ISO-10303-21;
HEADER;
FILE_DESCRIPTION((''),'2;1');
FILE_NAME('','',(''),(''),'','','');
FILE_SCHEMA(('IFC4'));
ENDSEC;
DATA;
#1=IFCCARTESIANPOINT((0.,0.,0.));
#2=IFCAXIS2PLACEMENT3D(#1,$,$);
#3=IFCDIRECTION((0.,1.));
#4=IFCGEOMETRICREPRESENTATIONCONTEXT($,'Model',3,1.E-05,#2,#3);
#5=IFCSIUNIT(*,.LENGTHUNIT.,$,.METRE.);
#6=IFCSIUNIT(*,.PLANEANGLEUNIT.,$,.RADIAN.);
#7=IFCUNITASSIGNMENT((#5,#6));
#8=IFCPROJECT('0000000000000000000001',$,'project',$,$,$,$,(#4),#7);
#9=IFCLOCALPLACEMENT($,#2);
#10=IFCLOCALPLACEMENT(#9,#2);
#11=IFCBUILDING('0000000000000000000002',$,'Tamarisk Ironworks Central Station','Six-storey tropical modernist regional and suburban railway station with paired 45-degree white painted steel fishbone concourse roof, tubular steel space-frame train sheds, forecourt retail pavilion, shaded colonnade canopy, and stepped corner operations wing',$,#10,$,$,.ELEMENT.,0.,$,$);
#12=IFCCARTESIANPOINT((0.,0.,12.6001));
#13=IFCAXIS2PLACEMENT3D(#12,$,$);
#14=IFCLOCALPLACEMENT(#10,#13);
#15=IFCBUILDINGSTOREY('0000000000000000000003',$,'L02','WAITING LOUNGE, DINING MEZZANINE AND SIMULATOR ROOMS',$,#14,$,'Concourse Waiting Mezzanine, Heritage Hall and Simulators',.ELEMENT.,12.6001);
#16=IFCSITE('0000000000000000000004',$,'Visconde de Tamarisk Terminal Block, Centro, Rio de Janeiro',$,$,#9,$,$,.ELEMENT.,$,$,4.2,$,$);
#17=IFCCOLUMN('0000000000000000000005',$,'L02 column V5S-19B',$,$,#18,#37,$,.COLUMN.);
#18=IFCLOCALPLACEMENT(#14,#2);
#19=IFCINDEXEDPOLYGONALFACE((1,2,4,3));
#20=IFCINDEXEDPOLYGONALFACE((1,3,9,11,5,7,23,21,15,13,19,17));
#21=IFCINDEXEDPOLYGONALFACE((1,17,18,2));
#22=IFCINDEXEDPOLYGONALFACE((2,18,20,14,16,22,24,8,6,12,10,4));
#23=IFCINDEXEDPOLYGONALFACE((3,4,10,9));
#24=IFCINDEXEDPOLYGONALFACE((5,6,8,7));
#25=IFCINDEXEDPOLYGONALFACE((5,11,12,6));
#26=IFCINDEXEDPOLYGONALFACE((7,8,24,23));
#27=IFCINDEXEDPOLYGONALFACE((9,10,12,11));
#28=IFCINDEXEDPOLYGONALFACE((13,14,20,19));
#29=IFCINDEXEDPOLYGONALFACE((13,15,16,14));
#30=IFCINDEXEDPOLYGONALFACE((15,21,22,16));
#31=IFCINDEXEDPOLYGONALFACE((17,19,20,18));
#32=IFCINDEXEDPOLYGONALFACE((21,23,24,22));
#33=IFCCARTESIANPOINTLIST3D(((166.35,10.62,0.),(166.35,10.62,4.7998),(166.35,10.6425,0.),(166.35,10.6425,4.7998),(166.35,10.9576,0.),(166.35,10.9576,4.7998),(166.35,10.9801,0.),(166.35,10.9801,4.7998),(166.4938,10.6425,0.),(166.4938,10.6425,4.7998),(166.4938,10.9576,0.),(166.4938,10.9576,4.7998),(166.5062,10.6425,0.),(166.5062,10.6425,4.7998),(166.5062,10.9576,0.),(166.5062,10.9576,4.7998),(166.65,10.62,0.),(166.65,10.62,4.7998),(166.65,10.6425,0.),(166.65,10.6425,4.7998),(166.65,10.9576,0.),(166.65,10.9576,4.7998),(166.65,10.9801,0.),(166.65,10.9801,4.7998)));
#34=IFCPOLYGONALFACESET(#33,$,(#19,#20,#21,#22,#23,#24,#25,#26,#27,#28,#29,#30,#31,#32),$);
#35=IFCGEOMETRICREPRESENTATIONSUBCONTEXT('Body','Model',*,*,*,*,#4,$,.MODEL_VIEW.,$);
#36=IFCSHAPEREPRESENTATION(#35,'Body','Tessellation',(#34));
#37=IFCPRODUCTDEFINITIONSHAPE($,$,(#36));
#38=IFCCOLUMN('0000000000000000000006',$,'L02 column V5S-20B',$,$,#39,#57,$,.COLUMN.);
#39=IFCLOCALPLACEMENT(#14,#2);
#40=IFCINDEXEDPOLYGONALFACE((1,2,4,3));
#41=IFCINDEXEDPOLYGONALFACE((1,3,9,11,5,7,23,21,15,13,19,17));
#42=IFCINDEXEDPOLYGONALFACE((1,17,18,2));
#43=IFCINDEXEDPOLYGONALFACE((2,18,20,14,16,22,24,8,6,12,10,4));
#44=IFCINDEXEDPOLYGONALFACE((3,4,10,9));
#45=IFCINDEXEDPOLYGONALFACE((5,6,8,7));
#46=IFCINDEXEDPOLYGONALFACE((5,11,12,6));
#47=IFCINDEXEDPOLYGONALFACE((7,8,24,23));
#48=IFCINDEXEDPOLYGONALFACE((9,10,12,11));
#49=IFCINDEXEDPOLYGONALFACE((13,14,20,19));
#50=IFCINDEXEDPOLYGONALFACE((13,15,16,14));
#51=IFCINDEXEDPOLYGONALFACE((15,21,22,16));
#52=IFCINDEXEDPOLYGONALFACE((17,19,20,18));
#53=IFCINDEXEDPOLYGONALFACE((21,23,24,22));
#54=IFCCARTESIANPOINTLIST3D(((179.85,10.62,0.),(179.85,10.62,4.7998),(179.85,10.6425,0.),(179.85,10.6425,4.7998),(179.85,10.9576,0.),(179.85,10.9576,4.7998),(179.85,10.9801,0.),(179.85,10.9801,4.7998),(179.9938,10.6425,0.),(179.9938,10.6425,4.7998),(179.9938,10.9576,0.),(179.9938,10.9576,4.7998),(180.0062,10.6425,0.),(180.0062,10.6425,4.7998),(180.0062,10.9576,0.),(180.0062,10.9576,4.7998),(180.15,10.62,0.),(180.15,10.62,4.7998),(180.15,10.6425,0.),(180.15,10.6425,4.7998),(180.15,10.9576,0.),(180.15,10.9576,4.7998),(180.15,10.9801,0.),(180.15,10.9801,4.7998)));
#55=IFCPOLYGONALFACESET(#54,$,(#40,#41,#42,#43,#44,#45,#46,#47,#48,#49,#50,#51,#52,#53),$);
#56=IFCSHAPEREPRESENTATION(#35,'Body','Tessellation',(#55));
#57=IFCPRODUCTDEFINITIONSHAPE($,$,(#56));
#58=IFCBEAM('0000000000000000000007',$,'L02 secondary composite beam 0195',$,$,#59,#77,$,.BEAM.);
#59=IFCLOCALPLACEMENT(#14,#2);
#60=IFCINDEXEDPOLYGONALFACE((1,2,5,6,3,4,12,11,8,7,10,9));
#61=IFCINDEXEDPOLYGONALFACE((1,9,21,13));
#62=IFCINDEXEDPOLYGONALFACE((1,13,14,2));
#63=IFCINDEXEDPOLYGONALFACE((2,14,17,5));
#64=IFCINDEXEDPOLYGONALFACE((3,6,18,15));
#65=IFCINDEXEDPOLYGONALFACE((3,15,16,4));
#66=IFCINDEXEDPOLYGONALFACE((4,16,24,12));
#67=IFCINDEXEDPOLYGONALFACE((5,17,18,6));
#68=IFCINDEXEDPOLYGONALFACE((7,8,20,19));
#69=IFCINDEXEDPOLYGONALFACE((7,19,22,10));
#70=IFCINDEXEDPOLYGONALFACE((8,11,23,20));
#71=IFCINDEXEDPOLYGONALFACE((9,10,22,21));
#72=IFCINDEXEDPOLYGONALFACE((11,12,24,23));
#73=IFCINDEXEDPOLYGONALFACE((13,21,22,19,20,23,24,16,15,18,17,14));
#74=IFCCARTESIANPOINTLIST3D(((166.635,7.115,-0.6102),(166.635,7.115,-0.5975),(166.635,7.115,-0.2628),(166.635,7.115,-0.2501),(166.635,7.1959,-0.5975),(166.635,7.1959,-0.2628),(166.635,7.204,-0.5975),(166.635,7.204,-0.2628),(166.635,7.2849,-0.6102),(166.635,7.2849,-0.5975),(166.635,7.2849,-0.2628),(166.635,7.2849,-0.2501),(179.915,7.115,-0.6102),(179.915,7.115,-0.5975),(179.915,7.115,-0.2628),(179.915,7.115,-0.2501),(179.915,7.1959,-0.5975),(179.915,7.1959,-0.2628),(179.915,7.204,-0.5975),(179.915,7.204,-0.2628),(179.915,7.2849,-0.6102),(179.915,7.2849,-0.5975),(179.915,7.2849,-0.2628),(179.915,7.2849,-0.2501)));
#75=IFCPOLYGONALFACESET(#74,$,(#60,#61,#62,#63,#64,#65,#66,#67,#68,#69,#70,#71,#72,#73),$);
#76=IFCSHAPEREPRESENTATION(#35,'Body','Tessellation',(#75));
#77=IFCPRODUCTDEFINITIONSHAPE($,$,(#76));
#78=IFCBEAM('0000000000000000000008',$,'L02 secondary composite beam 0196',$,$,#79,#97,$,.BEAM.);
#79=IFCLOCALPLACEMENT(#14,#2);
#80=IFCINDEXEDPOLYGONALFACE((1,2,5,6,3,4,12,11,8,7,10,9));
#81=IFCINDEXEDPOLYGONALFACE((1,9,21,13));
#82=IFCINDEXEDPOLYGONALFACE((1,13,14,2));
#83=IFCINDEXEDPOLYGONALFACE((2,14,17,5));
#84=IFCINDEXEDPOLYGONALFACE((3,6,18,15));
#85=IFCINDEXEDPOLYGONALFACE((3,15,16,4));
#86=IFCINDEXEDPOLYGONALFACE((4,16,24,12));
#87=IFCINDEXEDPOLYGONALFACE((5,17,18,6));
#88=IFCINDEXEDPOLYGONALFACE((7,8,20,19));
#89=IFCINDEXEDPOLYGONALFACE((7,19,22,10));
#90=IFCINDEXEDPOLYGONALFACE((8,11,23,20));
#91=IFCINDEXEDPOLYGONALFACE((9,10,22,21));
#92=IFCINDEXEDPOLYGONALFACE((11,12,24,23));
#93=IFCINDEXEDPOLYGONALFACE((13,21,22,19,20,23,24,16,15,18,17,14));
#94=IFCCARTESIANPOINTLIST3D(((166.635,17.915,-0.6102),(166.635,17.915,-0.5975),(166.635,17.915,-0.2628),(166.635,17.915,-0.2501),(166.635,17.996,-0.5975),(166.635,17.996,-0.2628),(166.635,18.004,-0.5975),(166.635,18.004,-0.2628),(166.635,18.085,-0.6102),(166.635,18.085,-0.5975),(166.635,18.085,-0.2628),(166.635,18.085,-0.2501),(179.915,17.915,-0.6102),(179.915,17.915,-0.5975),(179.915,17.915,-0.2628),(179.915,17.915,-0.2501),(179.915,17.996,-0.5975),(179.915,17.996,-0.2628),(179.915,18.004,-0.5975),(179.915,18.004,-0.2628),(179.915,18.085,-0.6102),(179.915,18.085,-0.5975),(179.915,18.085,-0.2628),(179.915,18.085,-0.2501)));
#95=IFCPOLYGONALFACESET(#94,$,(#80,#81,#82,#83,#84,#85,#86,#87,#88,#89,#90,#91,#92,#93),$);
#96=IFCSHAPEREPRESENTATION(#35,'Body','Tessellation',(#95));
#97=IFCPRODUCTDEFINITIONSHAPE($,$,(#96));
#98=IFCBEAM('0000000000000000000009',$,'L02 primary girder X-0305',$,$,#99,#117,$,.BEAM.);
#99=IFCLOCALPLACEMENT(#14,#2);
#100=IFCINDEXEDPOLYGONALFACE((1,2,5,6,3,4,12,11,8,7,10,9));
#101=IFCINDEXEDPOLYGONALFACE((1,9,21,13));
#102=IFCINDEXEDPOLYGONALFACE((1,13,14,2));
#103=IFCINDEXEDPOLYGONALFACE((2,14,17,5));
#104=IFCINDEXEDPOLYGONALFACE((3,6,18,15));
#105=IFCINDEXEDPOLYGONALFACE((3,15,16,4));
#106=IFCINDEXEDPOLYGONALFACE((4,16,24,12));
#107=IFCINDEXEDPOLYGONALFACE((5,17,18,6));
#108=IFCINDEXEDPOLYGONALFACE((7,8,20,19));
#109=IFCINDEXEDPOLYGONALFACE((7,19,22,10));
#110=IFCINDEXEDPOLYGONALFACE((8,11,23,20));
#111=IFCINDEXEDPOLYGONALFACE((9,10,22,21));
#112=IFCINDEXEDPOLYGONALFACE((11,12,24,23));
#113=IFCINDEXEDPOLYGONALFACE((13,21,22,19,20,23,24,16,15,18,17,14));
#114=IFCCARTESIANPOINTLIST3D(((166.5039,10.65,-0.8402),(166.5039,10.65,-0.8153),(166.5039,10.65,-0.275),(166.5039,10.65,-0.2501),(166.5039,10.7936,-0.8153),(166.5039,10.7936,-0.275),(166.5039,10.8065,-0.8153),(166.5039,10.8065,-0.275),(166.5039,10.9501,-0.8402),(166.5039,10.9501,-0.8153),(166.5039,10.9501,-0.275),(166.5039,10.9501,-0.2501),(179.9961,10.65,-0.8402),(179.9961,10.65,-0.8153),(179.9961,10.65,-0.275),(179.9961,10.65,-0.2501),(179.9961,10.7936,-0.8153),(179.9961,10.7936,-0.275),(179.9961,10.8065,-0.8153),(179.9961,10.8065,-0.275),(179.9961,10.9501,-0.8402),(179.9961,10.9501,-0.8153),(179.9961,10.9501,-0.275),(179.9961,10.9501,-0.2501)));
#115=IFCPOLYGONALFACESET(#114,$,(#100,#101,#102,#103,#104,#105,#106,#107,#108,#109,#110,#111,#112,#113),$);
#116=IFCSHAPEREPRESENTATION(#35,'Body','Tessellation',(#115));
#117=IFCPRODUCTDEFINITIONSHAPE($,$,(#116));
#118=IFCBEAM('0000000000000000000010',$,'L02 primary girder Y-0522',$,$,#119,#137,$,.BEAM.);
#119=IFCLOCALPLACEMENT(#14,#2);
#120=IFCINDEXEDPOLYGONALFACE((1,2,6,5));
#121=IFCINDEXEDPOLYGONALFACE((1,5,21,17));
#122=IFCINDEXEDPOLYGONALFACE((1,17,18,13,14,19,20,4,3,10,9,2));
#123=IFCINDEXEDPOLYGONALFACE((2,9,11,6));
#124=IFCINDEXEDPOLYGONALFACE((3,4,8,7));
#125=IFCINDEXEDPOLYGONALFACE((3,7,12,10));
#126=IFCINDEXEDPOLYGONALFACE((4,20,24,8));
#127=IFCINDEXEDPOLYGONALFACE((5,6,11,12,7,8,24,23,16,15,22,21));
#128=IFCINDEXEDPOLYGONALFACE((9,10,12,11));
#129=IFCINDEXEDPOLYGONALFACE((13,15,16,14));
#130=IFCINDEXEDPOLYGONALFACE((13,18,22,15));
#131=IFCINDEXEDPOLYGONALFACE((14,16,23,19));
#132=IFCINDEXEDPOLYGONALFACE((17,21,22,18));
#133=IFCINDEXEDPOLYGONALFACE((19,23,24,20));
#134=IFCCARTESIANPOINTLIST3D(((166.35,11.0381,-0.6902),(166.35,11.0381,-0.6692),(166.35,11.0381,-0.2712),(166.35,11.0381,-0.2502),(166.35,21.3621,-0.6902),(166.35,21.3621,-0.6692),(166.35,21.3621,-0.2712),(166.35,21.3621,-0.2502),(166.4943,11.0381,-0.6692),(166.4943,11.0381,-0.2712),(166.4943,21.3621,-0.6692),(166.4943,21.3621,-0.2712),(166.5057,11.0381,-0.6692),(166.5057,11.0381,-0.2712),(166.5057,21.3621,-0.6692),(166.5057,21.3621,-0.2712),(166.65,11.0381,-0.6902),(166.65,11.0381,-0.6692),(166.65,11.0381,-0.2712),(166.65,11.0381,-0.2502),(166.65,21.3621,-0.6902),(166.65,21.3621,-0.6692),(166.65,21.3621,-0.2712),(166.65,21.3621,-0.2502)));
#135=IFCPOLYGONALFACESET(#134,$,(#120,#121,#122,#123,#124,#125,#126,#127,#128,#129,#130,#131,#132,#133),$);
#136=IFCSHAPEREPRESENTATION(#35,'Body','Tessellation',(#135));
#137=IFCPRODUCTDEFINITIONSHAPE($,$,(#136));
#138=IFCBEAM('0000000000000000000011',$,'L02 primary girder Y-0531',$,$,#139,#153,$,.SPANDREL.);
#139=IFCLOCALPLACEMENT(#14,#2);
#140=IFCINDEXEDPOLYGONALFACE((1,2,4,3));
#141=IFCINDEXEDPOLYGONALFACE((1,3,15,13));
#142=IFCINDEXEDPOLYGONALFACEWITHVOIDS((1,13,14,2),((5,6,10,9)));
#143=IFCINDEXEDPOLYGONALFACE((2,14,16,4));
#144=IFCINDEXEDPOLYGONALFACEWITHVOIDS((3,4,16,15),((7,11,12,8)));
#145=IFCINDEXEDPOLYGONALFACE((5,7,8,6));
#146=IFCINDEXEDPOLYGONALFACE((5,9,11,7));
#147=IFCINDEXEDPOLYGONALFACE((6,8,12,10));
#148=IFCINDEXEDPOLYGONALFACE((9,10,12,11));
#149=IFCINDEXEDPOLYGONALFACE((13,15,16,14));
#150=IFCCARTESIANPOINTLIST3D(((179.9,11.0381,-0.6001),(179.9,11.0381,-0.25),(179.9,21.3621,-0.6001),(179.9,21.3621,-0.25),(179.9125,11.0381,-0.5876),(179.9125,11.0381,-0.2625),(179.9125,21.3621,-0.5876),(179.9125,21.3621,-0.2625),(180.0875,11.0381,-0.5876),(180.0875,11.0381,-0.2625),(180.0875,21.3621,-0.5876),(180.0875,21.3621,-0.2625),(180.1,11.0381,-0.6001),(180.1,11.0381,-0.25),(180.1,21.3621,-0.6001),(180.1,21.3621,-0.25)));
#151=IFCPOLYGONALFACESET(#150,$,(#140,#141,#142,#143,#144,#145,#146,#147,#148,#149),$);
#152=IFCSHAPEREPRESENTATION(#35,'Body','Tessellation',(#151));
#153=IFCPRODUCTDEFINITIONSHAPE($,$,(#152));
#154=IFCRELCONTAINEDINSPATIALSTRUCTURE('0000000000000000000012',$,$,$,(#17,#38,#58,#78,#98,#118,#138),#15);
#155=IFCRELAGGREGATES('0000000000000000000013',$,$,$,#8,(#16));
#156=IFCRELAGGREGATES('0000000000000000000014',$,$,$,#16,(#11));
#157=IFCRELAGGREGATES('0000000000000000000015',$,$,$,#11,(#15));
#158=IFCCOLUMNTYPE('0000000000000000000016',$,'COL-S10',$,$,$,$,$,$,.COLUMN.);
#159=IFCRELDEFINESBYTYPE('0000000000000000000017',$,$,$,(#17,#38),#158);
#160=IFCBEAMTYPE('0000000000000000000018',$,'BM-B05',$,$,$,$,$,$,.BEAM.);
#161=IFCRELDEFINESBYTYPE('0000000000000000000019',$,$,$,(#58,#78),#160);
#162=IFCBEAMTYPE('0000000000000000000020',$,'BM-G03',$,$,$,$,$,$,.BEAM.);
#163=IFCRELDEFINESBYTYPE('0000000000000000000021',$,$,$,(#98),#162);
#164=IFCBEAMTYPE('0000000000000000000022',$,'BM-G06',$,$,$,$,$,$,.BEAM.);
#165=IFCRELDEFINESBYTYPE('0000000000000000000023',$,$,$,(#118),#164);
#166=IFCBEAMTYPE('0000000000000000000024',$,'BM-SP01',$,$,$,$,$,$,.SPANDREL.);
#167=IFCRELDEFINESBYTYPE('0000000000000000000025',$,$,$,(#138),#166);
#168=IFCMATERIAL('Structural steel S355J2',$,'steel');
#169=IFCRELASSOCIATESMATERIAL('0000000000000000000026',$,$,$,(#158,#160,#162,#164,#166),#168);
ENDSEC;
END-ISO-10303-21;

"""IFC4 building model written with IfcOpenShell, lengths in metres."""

from ifc_helpers import new_model, si_unit, direction, frame, origin, origin_2d, place, context, subcontext, project, spatial, hollow_rectangle, i_section, extrude, material, material_profile, profile_set, type_object, element, save


model = new_model("IFC4")

# Units and contexts
model_context = context("Model", 3, precision=1e-05, world=origin(), true_north=direction((0.0, 1.0)))
body_context = subcontext(model_context, "Body", "Model", "MODEL_VIEW")
ifc_project = project(units=[si_unit("LENGTHUNIT", "METRE"), si_unit("PLANEANGLEUNIT", "RADIAN")], contexts=[model_context])

# Site, building, storey
site_placement = place(None, origin())
site = spatial("IfcSite", under=ifc_project, at=site_placement, Name="Visconde de Tamarisk Terminal Block, Centro, Rio de Janeiro", CompositionType="ELEMENT", RefElevation=4.2)
building_placement = place(site_placement, origin())
building = spatial("IfcBuilding", under=site, at=building_placement, Name="Tamarisk Ironworks Central Station", Description="Six-storey tropical modernist regional and suburban railway station with paired 45-degree white painted steel fishbone concourse roof, tubular steel space-frame train sheds, forecourt retail pavilion, shaded colonnade canopy, and stepped corner operations wing", CompositionType="ELEMENT", ElevationOfRefHeight=0.0)
storey_placement = place(building_placement, frame((0.0, 0.0, 12.6001)))
storey = spatial("IfcBuildingStorey", under=building, at=storey_placement, Name="L02", Description="WAITING LOUNGE, DINING MEZZANINE AND SIMULATOR ROOMS", LongName="Concourse Waiting Mezzanine, Heritage Hall and Simulators", CompositionType="ELEMENT", Elevation=12.6001)

# Columns
ifc_material_1 = material(Name="Structural steel S355J2", Category="steel")
ifc_material_profile_1 = material_profile(ifc_material_1, i_section(OverallWidth=0.3, OverallDepth=0.3601, WebThickness=0.0125, FlangeThickness=0.0225, at=origin_2d()), Name="HEB 360")
ifc_profile_set_1 = profile_set([ifc_material_profile_1], Name="Structural steel S355J2")
column_type = type_object("IfcColumnType", Name="COL-S10", PredefinedType="COLUMN", material=ifc_profile_set_1)
for number, where, z_axis, x_axis, name in (
    (1, (166.5, 10.8, 0.0), (0.0, 0.0, 1.0), (1.0, 0.0, 0.0), "L02 column V5S-19B"),
    (2, (180.0, 10.8, 0.0), (0.0, 0.0, 1.0), (1.0, 0.0, 0.0), "L02 column V5S-20B"),
):
    element("IfcColumn", number, at=place(storey_placement, frame(where, z_axis=z_axis, x_axis=x_axis)), inside=storey, type_object=column_type, Name=name, PredefinedType="COLUMN", context=body_context, shape_type="SweptSolid", body=[
        extrude(i_section(OverallWidth=0.3, OverallDepth=0.3601, WebThickness=0.0125, FlangeThickness=0.0225, at=origin_2d()), origin(), (0.0, 0.0, 1.0), 4.7998),
    ])

# Beams
ifc_material_profile_2 = material_profile(ifc_material_1, i_section(OverallWidth=0.1699, OverallDepth=0.3601, WebThickness=0.0081, FlangeThickness=0.0127, at=origin_2d()), Name="IPE 360")
ifc_profile_set_2 = profile_set([ifc_material_profile_2], Name="Structural steel S355J2")
beam_type_1 = type_object("IfcBeamType", Name="BM-B05", PredefinedType="BEAM", material=ifc_profile_set_2)
for number, where, z_axis, x_axis, name in (
    (3, (166.635, 7.2, -0.4302), (1.0, 0.0, 0.0), (0.0, 1.0, 0.0), "L02 secondary composite beam 0195"),
    (4, (166.635, 18.0, -0.4302), (1.0, 0.0, 0.0), (0.0, 1.0, 0.0), "L02 secondary composite beam 0196"),
):
    element("IfcBeam", number, at=place(storey_placement, frame(where, z_axis=z_axis, x_axis=x_axis)), inside=storey, type_object=beam_type_1, Name=name, PredefinedType="BEAM", context=body_context, shape_type="SweptSolid", body=[
        extrude(i_section(OverallWidth=0.1699, OverallDepth=0.3601, WebThickness=0.0081, FlangeThickness=0.0127, at=origin_2d()), origin(), (0.0, 0.0, 1.0), 13.28),
    ])
ifc_material_profile_3 = material_profile(ifc_material_1, i_section(OverallWidth=0.3, OverallDepth=0.5901, WebThickness=0.0129, FlangeThickness=0.0249, at=origin_2d()), Name="HEA 600")
ifc_profile_set_3 = profile_set([ifc_material_profile_3], Name="Structural steel S355J2")
beam_type_2 = type_object("IfcBeamType", Name="BM-G03", PredefinedType="BEAM", material=ifc_profile_set_3)
beam_1_placement = place(storey_placement, frame((166.5039, 10.8, -0.5452), z_axis=(1.0, 0.0, 0.0), x_axis=(0.0, 1.0, 0.0)))
element("IfcBeam", 5, at=beam_1_placement, inside=storey, type_object=beam_type_2, Name="L02 primary girder X-0305", PredefinedType="BEAM", context=body_context, shape_type="SweptSolid", body=[
    extrude(i_section(OverallWidth=0.3, OverallDepth=0.5901, WebThickness=0.0129, FlangeThickness=0.0249, at=origin_2d()), origin(), (0.0, 0.0, 1.0), 13.4922),
])
ifc_material_profile_4 = material_profile(ifc_material_1, i_section(OverallWidth=0.3, OverallDepth=0.4399, WebThickness=0.0115, FlangeThickness=0.021, at=origin_2d()), Name="HEA 450")
ifc_profile_set_4 = profile_set([ifc_material_profile_4], Name="Structural steel S355J2")
beam_type_3 = type_object("IfcBeamType", Name="BM-G06", PredefinedType="BEAM", material=ifc_profile_set_4)
beam_2_placement = place(storey_placement, frame((166.5, 11.0381, -0.4702), z_axis=(0.0, 1.0, 0.0), x_axis=(-1.0, 0.0, 0.0)))
element("IfcBeam", 6, at=beam_2_placement, inside=storey, type_object=beam_type_3, Name="L02 primary girder Y-0522", PredefinedType="BEAM", context=body_context, shape_type="SweptSolid", body=[
    extrude(i_section(OverallWidth=0.3, OverallDepth=0.4399, WebThickness=0.0115, FlangeThickness=0.021, at=origin_2d()), origin(), (0.0, 0.0, 1.0), 10.324),
])
ifc_material_profile_5 = material_profile(ifc_material_1, hollow_rectangle(XDim=0.2, YDim=0.3501, WallThickness=0.0125, at=origin_2d()), Name="RHS 350x200x12.5")
ifc_profile_set_5 = profile_set([ifc_material_profile_5], Name="Structural steel S355J2")
beam_type_4 = type_object("IfcBeamType", Name="BM-SP01", PredefinedType="SPANDREL", material=ifc_profile_set_5)
beam_3_placement = place(storey_placement, frame((180.0, 11.0381, -0.425), z_axis=(0.0, 1.0, 0.0), x_axis=(-1.0, 0.0, 0.0)))
element("IfcBeam", 7, at=beam_3_placement, inside=storey, type_object=beam_type_4, Name="L02 primary girder Y-0531", PredefinedType="SPANDREL", context=body_context, shape_type="SweptSolid", body=[
    extrude(hollow_rectangle(XDim=0.2, YDim=0.3501, WallThickness=0.0125, at=origin_2d()), origin(), (0.0, 0.0, 1.0), 10.324),
])

save(model, "model.ifc")
